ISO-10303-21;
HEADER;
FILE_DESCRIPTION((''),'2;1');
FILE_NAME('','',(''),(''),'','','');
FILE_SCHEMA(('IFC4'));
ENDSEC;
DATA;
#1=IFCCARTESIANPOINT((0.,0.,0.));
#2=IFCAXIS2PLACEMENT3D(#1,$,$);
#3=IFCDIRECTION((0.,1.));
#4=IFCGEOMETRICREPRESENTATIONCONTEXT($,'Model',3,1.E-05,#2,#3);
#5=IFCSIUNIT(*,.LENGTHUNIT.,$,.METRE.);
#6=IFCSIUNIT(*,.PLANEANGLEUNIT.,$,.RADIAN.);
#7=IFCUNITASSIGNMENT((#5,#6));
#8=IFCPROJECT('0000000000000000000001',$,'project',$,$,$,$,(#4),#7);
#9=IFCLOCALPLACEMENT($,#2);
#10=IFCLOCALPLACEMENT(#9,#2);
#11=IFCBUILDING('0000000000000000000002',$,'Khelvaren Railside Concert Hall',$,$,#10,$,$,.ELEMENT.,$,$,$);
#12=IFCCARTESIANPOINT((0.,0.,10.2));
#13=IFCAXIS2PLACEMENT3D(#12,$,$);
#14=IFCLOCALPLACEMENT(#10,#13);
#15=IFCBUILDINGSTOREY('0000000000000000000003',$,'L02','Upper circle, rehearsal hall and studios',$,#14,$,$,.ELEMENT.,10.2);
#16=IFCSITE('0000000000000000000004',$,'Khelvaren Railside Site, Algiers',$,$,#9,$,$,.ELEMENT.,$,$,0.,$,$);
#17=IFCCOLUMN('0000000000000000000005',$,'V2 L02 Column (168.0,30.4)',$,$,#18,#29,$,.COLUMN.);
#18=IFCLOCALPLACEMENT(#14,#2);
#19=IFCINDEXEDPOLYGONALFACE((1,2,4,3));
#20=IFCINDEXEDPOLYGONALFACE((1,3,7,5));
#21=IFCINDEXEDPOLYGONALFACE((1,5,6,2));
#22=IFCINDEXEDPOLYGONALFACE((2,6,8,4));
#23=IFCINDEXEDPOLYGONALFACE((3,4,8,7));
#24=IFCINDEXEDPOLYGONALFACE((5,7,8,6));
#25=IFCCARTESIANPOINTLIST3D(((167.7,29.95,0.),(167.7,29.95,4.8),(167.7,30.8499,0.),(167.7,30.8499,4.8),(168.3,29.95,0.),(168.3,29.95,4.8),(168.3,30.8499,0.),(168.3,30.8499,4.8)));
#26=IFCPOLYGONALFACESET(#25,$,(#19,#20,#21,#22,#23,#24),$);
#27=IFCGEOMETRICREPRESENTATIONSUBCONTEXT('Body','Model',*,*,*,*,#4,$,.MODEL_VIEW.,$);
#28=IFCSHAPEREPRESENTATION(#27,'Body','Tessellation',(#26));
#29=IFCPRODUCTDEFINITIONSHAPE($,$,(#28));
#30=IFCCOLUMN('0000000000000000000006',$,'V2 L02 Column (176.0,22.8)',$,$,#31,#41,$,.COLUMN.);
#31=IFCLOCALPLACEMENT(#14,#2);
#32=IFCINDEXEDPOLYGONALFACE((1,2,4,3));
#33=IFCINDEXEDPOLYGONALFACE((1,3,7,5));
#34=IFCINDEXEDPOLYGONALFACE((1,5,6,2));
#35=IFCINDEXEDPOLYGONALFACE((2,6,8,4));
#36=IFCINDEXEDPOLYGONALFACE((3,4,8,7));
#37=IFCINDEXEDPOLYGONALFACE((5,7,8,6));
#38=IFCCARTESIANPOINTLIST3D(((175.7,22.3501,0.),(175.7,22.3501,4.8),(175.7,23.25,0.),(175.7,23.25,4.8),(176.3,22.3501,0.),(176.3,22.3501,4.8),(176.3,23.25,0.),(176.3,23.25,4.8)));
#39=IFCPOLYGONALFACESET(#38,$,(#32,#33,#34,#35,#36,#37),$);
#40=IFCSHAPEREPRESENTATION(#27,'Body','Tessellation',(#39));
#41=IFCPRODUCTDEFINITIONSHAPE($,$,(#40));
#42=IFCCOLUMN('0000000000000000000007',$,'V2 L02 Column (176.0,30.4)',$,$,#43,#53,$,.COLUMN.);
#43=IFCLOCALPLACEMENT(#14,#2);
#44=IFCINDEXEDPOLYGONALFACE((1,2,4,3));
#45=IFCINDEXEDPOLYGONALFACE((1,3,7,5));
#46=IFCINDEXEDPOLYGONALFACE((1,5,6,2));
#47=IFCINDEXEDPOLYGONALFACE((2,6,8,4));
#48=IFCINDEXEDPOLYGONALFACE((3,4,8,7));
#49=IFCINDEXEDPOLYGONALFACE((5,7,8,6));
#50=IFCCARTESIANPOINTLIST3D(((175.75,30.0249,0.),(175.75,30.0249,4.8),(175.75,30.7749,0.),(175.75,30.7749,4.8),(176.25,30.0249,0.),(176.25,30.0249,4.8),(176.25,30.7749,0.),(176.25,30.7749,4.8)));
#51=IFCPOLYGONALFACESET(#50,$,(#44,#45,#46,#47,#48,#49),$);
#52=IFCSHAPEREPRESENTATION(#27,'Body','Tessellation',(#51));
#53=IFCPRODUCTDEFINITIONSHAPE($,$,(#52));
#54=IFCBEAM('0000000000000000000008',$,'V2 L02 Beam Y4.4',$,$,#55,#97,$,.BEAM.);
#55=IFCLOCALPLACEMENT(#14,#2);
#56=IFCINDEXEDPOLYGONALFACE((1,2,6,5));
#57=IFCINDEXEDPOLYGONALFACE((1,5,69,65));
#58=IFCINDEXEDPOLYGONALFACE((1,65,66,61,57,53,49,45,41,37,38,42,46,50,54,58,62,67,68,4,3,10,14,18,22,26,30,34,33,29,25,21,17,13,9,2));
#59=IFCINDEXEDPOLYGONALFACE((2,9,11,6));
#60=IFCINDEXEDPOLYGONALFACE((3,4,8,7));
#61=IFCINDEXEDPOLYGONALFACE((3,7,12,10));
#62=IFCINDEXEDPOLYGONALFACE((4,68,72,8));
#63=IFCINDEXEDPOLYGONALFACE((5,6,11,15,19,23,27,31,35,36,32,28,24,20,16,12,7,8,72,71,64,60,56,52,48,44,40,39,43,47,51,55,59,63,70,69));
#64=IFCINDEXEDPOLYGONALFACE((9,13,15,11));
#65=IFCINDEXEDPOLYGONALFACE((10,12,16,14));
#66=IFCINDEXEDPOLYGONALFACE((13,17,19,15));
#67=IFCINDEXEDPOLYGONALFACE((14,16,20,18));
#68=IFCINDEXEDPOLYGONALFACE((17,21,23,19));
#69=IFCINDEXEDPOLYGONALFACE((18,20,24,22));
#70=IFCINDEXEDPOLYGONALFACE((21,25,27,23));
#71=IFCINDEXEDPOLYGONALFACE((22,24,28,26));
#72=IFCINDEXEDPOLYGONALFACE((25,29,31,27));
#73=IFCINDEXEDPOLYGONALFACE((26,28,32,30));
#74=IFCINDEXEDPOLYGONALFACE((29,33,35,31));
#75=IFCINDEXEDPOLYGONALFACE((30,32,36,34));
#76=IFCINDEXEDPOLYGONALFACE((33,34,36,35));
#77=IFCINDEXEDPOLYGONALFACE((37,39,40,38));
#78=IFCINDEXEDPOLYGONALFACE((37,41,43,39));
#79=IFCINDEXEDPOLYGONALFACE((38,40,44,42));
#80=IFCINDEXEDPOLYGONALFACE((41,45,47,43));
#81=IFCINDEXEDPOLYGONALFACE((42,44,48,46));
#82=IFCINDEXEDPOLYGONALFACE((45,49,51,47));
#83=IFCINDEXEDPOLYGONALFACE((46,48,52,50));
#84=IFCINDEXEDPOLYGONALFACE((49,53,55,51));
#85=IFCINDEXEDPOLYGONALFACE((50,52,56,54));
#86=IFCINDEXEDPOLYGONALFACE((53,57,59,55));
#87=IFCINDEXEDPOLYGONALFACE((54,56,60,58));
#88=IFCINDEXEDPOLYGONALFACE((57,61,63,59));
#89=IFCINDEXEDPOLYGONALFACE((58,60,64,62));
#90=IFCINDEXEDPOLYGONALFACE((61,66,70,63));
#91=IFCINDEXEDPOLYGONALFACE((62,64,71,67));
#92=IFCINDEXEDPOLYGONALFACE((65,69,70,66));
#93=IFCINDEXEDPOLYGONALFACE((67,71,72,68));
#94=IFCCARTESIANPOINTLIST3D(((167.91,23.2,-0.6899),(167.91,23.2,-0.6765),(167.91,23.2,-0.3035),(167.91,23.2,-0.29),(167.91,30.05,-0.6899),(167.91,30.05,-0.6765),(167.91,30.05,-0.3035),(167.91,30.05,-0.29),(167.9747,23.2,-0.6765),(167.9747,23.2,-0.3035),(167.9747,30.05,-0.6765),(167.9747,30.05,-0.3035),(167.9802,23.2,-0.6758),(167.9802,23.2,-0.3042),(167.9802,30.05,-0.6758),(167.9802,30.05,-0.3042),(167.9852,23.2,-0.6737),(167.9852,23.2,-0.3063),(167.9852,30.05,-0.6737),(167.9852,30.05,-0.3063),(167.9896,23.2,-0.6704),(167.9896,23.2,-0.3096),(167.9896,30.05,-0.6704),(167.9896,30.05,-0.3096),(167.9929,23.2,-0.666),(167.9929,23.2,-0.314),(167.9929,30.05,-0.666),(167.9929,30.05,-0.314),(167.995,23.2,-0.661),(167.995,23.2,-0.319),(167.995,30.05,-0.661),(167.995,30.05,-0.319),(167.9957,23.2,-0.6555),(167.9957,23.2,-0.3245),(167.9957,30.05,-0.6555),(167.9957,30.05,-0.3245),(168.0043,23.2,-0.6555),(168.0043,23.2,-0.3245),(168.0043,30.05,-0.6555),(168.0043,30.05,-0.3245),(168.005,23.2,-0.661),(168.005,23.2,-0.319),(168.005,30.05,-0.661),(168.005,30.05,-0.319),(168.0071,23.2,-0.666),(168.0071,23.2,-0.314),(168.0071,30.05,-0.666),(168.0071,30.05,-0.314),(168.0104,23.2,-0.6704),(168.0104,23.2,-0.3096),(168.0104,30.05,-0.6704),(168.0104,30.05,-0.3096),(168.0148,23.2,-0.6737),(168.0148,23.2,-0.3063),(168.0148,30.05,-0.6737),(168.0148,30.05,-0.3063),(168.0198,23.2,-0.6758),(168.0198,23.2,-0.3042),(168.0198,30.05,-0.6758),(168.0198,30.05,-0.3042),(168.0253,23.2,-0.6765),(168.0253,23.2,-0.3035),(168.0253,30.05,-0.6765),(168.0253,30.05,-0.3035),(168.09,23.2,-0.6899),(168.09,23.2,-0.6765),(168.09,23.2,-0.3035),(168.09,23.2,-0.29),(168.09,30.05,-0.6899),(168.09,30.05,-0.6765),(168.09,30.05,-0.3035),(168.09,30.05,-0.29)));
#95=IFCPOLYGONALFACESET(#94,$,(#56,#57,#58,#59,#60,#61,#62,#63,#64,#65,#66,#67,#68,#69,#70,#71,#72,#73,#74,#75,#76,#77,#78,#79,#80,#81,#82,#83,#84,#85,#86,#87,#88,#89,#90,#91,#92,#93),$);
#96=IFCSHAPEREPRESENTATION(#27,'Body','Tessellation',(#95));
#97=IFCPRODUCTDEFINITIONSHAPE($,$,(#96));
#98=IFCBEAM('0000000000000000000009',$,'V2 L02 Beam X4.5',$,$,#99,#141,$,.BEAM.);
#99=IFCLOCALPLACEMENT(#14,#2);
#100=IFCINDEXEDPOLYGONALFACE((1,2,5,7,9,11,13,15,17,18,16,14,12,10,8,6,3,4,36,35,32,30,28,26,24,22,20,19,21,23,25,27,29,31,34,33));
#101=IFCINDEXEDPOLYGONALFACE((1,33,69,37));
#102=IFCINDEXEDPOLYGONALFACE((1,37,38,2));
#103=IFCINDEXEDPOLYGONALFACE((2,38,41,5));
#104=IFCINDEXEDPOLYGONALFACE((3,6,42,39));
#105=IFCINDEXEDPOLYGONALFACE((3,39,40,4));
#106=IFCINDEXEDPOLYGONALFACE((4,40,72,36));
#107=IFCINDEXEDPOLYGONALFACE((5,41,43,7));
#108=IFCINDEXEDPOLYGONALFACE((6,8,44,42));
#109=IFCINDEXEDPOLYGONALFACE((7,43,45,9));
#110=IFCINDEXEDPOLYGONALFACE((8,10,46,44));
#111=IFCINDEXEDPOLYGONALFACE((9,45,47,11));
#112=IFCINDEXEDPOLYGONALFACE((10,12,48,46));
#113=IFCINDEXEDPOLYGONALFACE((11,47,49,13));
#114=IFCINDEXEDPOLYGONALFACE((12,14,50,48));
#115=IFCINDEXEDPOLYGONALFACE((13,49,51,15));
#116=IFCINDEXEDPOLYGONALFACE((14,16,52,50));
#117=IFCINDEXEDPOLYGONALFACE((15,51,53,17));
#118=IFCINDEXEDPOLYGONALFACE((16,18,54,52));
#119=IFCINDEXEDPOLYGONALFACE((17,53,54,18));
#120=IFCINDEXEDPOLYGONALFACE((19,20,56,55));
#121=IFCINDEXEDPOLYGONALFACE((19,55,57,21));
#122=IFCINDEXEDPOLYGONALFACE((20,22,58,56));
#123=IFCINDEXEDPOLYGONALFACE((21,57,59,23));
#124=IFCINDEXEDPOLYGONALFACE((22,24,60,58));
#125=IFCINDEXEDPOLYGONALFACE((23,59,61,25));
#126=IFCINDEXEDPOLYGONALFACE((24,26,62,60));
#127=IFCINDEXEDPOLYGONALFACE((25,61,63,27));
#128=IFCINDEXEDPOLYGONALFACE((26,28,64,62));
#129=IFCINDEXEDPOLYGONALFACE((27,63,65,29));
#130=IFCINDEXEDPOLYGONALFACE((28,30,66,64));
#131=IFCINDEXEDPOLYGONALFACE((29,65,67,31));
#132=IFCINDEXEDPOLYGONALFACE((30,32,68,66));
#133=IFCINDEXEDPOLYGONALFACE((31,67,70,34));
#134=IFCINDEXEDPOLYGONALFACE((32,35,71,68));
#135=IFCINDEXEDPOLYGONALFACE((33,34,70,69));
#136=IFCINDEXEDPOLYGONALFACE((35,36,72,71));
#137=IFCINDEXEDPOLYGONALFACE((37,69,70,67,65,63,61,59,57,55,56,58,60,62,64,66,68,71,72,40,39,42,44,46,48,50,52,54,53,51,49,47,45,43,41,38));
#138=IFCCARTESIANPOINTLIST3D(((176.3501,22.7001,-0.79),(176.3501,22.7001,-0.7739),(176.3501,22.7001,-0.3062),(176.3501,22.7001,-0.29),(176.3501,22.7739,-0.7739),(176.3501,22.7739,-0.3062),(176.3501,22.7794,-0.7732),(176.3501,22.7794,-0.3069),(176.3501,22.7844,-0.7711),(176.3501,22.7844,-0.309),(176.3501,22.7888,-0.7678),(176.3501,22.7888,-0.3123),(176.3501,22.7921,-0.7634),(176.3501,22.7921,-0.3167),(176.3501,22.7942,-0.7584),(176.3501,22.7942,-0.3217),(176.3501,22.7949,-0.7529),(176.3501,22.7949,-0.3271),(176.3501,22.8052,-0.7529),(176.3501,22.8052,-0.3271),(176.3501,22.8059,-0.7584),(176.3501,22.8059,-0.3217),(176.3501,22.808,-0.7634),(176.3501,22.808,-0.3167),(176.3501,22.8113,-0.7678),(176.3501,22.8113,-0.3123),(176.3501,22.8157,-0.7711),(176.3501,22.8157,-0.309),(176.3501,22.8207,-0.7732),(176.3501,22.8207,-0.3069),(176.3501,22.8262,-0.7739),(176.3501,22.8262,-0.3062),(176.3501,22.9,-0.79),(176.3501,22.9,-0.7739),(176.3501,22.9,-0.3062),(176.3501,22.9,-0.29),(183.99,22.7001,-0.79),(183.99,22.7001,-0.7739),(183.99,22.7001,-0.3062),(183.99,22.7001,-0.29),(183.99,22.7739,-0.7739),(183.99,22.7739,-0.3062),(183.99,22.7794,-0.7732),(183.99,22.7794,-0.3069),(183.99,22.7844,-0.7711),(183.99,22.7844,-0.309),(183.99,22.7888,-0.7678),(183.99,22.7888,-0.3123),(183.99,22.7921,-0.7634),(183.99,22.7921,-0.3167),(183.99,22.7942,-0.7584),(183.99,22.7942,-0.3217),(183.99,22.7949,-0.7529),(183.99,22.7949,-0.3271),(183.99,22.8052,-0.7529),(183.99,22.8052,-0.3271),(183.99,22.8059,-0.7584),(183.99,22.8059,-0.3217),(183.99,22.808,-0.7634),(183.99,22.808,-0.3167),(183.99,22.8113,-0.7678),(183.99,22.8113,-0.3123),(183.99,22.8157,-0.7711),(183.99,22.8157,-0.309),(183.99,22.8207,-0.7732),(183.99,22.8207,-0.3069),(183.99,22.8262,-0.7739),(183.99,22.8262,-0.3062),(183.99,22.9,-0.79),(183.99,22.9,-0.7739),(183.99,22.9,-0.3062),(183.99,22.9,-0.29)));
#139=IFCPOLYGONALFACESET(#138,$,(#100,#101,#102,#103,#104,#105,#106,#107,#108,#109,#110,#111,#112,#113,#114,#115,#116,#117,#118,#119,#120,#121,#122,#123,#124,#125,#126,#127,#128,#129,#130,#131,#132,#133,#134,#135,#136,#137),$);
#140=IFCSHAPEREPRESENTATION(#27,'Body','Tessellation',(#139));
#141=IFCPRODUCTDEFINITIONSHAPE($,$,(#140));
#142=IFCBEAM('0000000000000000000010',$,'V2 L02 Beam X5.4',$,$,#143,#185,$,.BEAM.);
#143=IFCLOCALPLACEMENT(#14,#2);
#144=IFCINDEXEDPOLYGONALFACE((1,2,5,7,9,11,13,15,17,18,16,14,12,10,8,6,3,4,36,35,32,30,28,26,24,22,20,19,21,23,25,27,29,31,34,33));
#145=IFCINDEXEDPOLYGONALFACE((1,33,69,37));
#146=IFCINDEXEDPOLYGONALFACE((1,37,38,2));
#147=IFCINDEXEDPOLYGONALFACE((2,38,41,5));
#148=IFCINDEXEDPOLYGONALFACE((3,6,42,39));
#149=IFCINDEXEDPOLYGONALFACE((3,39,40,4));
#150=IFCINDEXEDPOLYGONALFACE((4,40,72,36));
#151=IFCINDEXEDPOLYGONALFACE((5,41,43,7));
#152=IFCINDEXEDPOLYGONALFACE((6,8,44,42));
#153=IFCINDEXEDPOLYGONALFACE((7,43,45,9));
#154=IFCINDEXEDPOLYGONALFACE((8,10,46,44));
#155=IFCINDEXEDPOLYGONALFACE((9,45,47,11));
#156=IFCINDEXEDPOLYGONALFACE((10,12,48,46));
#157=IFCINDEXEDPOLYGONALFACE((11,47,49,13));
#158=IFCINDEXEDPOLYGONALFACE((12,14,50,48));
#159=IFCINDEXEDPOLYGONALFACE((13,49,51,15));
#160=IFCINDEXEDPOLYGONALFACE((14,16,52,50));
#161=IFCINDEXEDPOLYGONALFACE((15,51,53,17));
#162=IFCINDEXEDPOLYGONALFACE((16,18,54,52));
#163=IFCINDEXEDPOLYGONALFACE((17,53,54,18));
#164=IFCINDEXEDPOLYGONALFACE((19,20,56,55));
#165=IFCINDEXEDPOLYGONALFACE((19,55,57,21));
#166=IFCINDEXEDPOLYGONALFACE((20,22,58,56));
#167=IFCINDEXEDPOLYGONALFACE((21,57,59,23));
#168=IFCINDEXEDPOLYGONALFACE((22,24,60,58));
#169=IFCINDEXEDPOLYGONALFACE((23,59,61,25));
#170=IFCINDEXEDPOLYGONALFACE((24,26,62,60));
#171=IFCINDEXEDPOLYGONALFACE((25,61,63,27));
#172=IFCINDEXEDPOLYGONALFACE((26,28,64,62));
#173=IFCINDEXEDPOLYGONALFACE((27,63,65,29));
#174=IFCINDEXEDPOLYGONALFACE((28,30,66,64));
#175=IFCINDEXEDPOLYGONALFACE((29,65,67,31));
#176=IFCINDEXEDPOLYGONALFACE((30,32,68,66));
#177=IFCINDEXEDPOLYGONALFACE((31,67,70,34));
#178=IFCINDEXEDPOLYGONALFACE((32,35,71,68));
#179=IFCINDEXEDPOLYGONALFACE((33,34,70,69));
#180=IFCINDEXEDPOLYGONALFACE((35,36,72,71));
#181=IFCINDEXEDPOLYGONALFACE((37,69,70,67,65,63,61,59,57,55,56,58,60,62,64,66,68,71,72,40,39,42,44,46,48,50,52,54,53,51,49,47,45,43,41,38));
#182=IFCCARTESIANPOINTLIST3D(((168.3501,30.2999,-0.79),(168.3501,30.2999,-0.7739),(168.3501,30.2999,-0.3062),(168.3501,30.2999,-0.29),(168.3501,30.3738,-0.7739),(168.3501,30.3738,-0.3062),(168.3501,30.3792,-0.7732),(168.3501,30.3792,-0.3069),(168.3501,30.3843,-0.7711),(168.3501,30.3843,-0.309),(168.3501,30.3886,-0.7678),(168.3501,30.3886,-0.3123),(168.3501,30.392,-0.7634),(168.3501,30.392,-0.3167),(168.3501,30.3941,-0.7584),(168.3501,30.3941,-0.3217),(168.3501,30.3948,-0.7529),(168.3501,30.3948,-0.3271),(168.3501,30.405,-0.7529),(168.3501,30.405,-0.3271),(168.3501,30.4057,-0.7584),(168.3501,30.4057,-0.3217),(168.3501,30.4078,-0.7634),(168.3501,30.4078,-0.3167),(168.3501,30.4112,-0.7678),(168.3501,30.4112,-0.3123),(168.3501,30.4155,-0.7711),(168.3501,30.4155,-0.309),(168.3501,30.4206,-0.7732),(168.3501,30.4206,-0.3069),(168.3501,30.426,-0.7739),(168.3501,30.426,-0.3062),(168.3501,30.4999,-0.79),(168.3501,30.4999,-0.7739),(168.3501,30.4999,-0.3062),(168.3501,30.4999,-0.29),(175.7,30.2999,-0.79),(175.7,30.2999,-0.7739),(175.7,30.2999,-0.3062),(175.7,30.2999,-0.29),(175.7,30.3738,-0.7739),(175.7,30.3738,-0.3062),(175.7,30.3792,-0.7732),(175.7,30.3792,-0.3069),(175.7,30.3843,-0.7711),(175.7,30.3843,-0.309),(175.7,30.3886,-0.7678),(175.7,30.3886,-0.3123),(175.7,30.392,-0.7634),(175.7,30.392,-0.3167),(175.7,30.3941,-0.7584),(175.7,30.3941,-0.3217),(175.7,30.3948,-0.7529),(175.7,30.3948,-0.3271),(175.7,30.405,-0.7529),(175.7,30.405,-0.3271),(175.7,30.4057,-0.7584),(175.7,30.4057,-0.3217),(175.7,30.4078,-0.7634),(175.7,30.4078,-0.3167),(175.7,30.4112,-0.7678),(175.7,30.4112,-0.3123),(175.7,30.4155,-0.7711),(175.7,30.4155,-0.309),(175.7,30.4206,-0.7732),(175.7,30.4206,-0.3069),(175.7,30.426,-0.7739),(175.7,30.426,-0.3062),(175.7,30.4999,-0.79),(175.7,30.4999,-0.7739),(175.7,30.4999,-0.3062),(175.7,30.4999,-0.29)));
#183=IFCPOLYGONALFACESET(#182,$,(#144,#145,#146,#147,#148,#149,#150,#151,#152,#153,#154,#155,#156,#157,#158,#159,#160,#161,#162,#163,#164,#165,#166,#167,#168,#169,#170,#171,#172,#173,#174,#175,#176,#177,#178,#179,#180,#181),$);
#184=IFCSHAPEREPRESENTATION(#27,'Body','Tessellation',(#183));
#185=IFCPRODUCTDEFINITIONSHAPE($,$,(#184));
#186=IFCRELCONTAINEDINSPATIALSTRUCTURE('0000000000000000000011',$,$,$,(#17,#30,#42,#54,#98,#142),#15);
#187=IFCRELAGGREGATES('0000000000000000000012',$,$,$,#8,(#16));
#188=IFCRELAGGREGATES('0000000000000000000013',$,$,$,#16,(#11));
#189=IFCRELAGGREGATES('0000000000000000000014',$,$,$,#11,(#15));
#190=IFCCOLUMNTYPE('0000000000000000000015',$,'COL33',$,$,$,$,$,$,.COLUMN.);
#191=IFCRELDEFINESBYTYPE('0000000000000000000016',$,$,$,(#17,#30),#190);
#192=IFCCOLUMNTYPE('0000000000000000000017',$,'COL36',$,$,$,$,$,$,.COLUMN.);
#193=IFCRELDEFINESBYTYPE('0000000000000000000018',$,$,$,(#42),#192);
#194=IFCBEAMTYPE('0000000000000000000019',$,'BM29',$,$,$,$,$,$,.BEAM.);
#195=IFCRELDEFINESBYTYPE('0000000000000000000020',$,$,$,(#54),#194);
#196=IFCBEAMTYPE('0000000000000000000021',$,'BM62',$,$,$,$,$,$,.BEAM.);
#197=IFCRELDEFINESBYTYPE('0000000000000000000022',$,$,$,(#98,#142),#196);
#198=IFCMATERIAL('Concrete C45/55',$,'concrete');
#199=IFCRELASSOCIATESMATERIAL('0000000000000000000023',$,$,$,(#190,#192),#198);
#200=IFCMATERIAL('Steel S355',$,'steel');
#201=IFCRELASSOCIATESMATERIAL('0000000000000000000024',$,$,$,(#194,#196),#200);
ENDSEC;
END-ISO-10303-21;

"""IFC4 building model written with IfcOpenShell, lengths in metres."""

from ifc_helpers import new_model, si_unit, direction, frame, origin, origin_2d, place, context, subcontext, project, spatial, rectangle, i_section, extrude, material, material_profile, profile_set, type_object, element, save


model = new_model("IFC4")

# Units and contexts
model_context = context("Model", 3, precision=1e-05, world=origin(), true_north=direction((0.0, 1.0)))
body_context = subcontext(model_context, "Body", "Model", "MODEL_VIEW")
ifc_project = project(units=[si_unit("LENGTHUNIT", "METRE"), si_unit("PLANEANGLEUNIT", "RADIAN")], contexts=[model_context])

# Site, building, storey
site_placement = place(None, origin())
site = spatial("IfcSite", under=ifc_project, at=site_placement, Name="Khelvaren Railside Site, Algiers", CompositionType="ELEMENT", RefElevation=0.0)
building_placement = place(site_placement, origin())
building = spatial("IfcBuilding", under=site, at=building_placement, Name="Khelvaren Railside Concert Hall", CompositionType="ELEMENT")
storey_placement = place(building_placement, frame((0.0, 0.0, 10.2)))
storey = spatial("IfcBuildingStorey", under=building, at=storey_placement, Name="L02", Description="Upper circle, rehearsal hall and studios", CompositionType="ELEMENT", Elevation=10.2)

# Columns
ifc_material_1 = material(Name="Concrete C45/55", Category="concrete")
ifc_material_profile_1 = material_profile(ifc_material_1, rectangle(XDim=0.6001, YDim=0.8999, at=origin_2d()), Name="RC 600x900")
ifc_profile_set_1 = profile_set([ifc_material_profile_1], Name="Concrete C45/55")
column_type_1 = type_object("IfcColumnType", Name="COL33", PredefinedType="COLUMN", material=ifc_profile_set_1)
for number, where, z_axis, x_axis, name in (
    (1, (168.0, 30.3999, 0.0), (0.0, 0.0, 1.0), (1.0, 0.0, 0.0), "V2 L02 Column (168.0,30.4)"),
    (2, (176.0, 22.8, 0.0), (0.0, 0.0, 1.0), (1.0, 0.0, 0.0), "V2 L02 Column (176.0,22.8)"),
):
    element("IfcColumn", number, at=place(storey_placement, frame(where, z_axis=z_axis, x_axis=x_axis)), inside=storey, type_object=column_type_1, Name=name, PredefinedType="COLUMN", context=body_context, shape_type="SweptSolid", body=[
        extrude(rectangle(XDim=0.6001, YDim=0.8999, at=origin_2d()), origin(), (0.0, 0.0, 1.0), 4.8),
    ])
ifc_material_profile_2 = material_profile(ifc_material_1, rectangle(XDim=0.5, YDim=0.75, at=origin_2d()), Name="RC 500x750")
ifc_profile_set_2 = profile_set([ifc_material_profile_2], Name="Concrete C45/55")
column_type_2 = type_object("IfcColumnType", Name="COL36", PredefinedType="COLUMN", material=ifc_profile_set_2)
column_placement = place(storey_placement, frame((176.0, 30.3999, 0.0), z_axis=(0.0, 0.0, 1.0), x_axis=(1.0, 0.0, 0.0)))
element("IfcColumn", 3, at=column_placement, inside=storey, type_object=column_type_2, Name="V2 L02 Column (176.0,30.4)", PredefinedType="COLUMN", context=body_context, shape_type="SweptSolid", body=[
    extrude(rectangle(XDim=0.5, YDim=0.75, at=origin_2d()), origin(), (0.0, 0.0, 1.0), 4.8),
])

# Beams
ifc_material_2 = material(Name="Steel S355", Category="steel")
ifc_material_profile_3 = material_profile(ifc_material_2, i_section(OverallWidth=0.1799, OverallDepth=0.3999, WebThickness=0.0085, FlangeThickness=0.0134, FilletRadius=0.021, at=origin_2d()), Name="IPE 400")
ifc_profile_set_3 = profile_set([ifc_material_profile_3], Name="Steel S355")
beam_type_1 = type_object("IfcBeamType", Name="BM29", PredefinedType="BEAM", material=ifc_profile_set_3)
beam_1_placement = place(storey_placement, frame((168.0, 23.2, -0.49), z_axis=(0.0, 1.0, 0.0), x_axis=(-1.0, 0.0, 0.0)))
element("IfcBeam", 4, at=beam_1_placement, inside=storey, type_object=beam_type_1, Name="V2 L02 Beam Y4.4", PredefinedType="BEAM", context=body_context, shape_type="SweptSolid", body=[
    extrude(i_section(OverallWidth=0.1799, OverallDepth=0.3999, WebThickness=0.0085, FlangeThickness=0.0134, FilletRadius=0.021, at=origin_2d()), origin(), (0.0, 0.0, 1.0), 6.8501),
])
ifc_material_profile_4 = material_profile(ifc_material_2, i_section(OverallWidth=0.2, OverallDepth=0.5, WebThickness=0.0103, FlangeThickness=0.0161, FilletRadius=0.021, at=origin_2d()), Name="IPE 500")
ifc_profile_set_4 = profile_set([ifc_material_profile_4], Name="Steel S355")
beam_type_2 = type_object("IfcBeamType", Name="BM62", PredefinedType="BEAM", material=ifc_profile_set_4)
beam_2_placement = place(storey_placement, frame((176.3501, 22.8, -0.54), z_axis=(1.0, 0.0, 0.0), x_axis=(0.0, 1.0, 0.0)))
element("IfcBeam", 5, at=beam_2_placement, inside=storey, type_object=beam_type_2, Name="V2 L02 Beam X4.5", PredefinedType="BEAM", context=body_context, shape_type="SweptSolid", body=[
    extrude(i_section(OverallWidth=0.2, OverallDepth=0.5, WebThickness=0.0103, FlangeThickness=0.0161, FilletRadius=0.021, at=origin_2d()), origin(), (0.0, 0.0, 1.0), 7.6399),
])
beam_3_placement = place(storey_placement, frame((168.3501, 30.3999, -0.54), z_axis=(1.0, 0.0, 0.0), x_axis=(0.0, 1.0, 0.0)))
element("IfcBeam", 6, at=beam_3_placement, inside=storey, type_object=beam_type_2, Name="V2 L02 Beam X5.4", PredefinedType="BEAM", context=body_context, shape_type="SweptSolid", body=[
    extrude(i_section(OverallWidth=0.2, OverallDepth=0.5, WebThickness=0.0103, FlangeThickness=0.0161, FilletRadius=0.021, at=origin_2d()), origin(), (0.0, 0.0, 1.0), 7.3499),
])

save(model, "model.ifc")
